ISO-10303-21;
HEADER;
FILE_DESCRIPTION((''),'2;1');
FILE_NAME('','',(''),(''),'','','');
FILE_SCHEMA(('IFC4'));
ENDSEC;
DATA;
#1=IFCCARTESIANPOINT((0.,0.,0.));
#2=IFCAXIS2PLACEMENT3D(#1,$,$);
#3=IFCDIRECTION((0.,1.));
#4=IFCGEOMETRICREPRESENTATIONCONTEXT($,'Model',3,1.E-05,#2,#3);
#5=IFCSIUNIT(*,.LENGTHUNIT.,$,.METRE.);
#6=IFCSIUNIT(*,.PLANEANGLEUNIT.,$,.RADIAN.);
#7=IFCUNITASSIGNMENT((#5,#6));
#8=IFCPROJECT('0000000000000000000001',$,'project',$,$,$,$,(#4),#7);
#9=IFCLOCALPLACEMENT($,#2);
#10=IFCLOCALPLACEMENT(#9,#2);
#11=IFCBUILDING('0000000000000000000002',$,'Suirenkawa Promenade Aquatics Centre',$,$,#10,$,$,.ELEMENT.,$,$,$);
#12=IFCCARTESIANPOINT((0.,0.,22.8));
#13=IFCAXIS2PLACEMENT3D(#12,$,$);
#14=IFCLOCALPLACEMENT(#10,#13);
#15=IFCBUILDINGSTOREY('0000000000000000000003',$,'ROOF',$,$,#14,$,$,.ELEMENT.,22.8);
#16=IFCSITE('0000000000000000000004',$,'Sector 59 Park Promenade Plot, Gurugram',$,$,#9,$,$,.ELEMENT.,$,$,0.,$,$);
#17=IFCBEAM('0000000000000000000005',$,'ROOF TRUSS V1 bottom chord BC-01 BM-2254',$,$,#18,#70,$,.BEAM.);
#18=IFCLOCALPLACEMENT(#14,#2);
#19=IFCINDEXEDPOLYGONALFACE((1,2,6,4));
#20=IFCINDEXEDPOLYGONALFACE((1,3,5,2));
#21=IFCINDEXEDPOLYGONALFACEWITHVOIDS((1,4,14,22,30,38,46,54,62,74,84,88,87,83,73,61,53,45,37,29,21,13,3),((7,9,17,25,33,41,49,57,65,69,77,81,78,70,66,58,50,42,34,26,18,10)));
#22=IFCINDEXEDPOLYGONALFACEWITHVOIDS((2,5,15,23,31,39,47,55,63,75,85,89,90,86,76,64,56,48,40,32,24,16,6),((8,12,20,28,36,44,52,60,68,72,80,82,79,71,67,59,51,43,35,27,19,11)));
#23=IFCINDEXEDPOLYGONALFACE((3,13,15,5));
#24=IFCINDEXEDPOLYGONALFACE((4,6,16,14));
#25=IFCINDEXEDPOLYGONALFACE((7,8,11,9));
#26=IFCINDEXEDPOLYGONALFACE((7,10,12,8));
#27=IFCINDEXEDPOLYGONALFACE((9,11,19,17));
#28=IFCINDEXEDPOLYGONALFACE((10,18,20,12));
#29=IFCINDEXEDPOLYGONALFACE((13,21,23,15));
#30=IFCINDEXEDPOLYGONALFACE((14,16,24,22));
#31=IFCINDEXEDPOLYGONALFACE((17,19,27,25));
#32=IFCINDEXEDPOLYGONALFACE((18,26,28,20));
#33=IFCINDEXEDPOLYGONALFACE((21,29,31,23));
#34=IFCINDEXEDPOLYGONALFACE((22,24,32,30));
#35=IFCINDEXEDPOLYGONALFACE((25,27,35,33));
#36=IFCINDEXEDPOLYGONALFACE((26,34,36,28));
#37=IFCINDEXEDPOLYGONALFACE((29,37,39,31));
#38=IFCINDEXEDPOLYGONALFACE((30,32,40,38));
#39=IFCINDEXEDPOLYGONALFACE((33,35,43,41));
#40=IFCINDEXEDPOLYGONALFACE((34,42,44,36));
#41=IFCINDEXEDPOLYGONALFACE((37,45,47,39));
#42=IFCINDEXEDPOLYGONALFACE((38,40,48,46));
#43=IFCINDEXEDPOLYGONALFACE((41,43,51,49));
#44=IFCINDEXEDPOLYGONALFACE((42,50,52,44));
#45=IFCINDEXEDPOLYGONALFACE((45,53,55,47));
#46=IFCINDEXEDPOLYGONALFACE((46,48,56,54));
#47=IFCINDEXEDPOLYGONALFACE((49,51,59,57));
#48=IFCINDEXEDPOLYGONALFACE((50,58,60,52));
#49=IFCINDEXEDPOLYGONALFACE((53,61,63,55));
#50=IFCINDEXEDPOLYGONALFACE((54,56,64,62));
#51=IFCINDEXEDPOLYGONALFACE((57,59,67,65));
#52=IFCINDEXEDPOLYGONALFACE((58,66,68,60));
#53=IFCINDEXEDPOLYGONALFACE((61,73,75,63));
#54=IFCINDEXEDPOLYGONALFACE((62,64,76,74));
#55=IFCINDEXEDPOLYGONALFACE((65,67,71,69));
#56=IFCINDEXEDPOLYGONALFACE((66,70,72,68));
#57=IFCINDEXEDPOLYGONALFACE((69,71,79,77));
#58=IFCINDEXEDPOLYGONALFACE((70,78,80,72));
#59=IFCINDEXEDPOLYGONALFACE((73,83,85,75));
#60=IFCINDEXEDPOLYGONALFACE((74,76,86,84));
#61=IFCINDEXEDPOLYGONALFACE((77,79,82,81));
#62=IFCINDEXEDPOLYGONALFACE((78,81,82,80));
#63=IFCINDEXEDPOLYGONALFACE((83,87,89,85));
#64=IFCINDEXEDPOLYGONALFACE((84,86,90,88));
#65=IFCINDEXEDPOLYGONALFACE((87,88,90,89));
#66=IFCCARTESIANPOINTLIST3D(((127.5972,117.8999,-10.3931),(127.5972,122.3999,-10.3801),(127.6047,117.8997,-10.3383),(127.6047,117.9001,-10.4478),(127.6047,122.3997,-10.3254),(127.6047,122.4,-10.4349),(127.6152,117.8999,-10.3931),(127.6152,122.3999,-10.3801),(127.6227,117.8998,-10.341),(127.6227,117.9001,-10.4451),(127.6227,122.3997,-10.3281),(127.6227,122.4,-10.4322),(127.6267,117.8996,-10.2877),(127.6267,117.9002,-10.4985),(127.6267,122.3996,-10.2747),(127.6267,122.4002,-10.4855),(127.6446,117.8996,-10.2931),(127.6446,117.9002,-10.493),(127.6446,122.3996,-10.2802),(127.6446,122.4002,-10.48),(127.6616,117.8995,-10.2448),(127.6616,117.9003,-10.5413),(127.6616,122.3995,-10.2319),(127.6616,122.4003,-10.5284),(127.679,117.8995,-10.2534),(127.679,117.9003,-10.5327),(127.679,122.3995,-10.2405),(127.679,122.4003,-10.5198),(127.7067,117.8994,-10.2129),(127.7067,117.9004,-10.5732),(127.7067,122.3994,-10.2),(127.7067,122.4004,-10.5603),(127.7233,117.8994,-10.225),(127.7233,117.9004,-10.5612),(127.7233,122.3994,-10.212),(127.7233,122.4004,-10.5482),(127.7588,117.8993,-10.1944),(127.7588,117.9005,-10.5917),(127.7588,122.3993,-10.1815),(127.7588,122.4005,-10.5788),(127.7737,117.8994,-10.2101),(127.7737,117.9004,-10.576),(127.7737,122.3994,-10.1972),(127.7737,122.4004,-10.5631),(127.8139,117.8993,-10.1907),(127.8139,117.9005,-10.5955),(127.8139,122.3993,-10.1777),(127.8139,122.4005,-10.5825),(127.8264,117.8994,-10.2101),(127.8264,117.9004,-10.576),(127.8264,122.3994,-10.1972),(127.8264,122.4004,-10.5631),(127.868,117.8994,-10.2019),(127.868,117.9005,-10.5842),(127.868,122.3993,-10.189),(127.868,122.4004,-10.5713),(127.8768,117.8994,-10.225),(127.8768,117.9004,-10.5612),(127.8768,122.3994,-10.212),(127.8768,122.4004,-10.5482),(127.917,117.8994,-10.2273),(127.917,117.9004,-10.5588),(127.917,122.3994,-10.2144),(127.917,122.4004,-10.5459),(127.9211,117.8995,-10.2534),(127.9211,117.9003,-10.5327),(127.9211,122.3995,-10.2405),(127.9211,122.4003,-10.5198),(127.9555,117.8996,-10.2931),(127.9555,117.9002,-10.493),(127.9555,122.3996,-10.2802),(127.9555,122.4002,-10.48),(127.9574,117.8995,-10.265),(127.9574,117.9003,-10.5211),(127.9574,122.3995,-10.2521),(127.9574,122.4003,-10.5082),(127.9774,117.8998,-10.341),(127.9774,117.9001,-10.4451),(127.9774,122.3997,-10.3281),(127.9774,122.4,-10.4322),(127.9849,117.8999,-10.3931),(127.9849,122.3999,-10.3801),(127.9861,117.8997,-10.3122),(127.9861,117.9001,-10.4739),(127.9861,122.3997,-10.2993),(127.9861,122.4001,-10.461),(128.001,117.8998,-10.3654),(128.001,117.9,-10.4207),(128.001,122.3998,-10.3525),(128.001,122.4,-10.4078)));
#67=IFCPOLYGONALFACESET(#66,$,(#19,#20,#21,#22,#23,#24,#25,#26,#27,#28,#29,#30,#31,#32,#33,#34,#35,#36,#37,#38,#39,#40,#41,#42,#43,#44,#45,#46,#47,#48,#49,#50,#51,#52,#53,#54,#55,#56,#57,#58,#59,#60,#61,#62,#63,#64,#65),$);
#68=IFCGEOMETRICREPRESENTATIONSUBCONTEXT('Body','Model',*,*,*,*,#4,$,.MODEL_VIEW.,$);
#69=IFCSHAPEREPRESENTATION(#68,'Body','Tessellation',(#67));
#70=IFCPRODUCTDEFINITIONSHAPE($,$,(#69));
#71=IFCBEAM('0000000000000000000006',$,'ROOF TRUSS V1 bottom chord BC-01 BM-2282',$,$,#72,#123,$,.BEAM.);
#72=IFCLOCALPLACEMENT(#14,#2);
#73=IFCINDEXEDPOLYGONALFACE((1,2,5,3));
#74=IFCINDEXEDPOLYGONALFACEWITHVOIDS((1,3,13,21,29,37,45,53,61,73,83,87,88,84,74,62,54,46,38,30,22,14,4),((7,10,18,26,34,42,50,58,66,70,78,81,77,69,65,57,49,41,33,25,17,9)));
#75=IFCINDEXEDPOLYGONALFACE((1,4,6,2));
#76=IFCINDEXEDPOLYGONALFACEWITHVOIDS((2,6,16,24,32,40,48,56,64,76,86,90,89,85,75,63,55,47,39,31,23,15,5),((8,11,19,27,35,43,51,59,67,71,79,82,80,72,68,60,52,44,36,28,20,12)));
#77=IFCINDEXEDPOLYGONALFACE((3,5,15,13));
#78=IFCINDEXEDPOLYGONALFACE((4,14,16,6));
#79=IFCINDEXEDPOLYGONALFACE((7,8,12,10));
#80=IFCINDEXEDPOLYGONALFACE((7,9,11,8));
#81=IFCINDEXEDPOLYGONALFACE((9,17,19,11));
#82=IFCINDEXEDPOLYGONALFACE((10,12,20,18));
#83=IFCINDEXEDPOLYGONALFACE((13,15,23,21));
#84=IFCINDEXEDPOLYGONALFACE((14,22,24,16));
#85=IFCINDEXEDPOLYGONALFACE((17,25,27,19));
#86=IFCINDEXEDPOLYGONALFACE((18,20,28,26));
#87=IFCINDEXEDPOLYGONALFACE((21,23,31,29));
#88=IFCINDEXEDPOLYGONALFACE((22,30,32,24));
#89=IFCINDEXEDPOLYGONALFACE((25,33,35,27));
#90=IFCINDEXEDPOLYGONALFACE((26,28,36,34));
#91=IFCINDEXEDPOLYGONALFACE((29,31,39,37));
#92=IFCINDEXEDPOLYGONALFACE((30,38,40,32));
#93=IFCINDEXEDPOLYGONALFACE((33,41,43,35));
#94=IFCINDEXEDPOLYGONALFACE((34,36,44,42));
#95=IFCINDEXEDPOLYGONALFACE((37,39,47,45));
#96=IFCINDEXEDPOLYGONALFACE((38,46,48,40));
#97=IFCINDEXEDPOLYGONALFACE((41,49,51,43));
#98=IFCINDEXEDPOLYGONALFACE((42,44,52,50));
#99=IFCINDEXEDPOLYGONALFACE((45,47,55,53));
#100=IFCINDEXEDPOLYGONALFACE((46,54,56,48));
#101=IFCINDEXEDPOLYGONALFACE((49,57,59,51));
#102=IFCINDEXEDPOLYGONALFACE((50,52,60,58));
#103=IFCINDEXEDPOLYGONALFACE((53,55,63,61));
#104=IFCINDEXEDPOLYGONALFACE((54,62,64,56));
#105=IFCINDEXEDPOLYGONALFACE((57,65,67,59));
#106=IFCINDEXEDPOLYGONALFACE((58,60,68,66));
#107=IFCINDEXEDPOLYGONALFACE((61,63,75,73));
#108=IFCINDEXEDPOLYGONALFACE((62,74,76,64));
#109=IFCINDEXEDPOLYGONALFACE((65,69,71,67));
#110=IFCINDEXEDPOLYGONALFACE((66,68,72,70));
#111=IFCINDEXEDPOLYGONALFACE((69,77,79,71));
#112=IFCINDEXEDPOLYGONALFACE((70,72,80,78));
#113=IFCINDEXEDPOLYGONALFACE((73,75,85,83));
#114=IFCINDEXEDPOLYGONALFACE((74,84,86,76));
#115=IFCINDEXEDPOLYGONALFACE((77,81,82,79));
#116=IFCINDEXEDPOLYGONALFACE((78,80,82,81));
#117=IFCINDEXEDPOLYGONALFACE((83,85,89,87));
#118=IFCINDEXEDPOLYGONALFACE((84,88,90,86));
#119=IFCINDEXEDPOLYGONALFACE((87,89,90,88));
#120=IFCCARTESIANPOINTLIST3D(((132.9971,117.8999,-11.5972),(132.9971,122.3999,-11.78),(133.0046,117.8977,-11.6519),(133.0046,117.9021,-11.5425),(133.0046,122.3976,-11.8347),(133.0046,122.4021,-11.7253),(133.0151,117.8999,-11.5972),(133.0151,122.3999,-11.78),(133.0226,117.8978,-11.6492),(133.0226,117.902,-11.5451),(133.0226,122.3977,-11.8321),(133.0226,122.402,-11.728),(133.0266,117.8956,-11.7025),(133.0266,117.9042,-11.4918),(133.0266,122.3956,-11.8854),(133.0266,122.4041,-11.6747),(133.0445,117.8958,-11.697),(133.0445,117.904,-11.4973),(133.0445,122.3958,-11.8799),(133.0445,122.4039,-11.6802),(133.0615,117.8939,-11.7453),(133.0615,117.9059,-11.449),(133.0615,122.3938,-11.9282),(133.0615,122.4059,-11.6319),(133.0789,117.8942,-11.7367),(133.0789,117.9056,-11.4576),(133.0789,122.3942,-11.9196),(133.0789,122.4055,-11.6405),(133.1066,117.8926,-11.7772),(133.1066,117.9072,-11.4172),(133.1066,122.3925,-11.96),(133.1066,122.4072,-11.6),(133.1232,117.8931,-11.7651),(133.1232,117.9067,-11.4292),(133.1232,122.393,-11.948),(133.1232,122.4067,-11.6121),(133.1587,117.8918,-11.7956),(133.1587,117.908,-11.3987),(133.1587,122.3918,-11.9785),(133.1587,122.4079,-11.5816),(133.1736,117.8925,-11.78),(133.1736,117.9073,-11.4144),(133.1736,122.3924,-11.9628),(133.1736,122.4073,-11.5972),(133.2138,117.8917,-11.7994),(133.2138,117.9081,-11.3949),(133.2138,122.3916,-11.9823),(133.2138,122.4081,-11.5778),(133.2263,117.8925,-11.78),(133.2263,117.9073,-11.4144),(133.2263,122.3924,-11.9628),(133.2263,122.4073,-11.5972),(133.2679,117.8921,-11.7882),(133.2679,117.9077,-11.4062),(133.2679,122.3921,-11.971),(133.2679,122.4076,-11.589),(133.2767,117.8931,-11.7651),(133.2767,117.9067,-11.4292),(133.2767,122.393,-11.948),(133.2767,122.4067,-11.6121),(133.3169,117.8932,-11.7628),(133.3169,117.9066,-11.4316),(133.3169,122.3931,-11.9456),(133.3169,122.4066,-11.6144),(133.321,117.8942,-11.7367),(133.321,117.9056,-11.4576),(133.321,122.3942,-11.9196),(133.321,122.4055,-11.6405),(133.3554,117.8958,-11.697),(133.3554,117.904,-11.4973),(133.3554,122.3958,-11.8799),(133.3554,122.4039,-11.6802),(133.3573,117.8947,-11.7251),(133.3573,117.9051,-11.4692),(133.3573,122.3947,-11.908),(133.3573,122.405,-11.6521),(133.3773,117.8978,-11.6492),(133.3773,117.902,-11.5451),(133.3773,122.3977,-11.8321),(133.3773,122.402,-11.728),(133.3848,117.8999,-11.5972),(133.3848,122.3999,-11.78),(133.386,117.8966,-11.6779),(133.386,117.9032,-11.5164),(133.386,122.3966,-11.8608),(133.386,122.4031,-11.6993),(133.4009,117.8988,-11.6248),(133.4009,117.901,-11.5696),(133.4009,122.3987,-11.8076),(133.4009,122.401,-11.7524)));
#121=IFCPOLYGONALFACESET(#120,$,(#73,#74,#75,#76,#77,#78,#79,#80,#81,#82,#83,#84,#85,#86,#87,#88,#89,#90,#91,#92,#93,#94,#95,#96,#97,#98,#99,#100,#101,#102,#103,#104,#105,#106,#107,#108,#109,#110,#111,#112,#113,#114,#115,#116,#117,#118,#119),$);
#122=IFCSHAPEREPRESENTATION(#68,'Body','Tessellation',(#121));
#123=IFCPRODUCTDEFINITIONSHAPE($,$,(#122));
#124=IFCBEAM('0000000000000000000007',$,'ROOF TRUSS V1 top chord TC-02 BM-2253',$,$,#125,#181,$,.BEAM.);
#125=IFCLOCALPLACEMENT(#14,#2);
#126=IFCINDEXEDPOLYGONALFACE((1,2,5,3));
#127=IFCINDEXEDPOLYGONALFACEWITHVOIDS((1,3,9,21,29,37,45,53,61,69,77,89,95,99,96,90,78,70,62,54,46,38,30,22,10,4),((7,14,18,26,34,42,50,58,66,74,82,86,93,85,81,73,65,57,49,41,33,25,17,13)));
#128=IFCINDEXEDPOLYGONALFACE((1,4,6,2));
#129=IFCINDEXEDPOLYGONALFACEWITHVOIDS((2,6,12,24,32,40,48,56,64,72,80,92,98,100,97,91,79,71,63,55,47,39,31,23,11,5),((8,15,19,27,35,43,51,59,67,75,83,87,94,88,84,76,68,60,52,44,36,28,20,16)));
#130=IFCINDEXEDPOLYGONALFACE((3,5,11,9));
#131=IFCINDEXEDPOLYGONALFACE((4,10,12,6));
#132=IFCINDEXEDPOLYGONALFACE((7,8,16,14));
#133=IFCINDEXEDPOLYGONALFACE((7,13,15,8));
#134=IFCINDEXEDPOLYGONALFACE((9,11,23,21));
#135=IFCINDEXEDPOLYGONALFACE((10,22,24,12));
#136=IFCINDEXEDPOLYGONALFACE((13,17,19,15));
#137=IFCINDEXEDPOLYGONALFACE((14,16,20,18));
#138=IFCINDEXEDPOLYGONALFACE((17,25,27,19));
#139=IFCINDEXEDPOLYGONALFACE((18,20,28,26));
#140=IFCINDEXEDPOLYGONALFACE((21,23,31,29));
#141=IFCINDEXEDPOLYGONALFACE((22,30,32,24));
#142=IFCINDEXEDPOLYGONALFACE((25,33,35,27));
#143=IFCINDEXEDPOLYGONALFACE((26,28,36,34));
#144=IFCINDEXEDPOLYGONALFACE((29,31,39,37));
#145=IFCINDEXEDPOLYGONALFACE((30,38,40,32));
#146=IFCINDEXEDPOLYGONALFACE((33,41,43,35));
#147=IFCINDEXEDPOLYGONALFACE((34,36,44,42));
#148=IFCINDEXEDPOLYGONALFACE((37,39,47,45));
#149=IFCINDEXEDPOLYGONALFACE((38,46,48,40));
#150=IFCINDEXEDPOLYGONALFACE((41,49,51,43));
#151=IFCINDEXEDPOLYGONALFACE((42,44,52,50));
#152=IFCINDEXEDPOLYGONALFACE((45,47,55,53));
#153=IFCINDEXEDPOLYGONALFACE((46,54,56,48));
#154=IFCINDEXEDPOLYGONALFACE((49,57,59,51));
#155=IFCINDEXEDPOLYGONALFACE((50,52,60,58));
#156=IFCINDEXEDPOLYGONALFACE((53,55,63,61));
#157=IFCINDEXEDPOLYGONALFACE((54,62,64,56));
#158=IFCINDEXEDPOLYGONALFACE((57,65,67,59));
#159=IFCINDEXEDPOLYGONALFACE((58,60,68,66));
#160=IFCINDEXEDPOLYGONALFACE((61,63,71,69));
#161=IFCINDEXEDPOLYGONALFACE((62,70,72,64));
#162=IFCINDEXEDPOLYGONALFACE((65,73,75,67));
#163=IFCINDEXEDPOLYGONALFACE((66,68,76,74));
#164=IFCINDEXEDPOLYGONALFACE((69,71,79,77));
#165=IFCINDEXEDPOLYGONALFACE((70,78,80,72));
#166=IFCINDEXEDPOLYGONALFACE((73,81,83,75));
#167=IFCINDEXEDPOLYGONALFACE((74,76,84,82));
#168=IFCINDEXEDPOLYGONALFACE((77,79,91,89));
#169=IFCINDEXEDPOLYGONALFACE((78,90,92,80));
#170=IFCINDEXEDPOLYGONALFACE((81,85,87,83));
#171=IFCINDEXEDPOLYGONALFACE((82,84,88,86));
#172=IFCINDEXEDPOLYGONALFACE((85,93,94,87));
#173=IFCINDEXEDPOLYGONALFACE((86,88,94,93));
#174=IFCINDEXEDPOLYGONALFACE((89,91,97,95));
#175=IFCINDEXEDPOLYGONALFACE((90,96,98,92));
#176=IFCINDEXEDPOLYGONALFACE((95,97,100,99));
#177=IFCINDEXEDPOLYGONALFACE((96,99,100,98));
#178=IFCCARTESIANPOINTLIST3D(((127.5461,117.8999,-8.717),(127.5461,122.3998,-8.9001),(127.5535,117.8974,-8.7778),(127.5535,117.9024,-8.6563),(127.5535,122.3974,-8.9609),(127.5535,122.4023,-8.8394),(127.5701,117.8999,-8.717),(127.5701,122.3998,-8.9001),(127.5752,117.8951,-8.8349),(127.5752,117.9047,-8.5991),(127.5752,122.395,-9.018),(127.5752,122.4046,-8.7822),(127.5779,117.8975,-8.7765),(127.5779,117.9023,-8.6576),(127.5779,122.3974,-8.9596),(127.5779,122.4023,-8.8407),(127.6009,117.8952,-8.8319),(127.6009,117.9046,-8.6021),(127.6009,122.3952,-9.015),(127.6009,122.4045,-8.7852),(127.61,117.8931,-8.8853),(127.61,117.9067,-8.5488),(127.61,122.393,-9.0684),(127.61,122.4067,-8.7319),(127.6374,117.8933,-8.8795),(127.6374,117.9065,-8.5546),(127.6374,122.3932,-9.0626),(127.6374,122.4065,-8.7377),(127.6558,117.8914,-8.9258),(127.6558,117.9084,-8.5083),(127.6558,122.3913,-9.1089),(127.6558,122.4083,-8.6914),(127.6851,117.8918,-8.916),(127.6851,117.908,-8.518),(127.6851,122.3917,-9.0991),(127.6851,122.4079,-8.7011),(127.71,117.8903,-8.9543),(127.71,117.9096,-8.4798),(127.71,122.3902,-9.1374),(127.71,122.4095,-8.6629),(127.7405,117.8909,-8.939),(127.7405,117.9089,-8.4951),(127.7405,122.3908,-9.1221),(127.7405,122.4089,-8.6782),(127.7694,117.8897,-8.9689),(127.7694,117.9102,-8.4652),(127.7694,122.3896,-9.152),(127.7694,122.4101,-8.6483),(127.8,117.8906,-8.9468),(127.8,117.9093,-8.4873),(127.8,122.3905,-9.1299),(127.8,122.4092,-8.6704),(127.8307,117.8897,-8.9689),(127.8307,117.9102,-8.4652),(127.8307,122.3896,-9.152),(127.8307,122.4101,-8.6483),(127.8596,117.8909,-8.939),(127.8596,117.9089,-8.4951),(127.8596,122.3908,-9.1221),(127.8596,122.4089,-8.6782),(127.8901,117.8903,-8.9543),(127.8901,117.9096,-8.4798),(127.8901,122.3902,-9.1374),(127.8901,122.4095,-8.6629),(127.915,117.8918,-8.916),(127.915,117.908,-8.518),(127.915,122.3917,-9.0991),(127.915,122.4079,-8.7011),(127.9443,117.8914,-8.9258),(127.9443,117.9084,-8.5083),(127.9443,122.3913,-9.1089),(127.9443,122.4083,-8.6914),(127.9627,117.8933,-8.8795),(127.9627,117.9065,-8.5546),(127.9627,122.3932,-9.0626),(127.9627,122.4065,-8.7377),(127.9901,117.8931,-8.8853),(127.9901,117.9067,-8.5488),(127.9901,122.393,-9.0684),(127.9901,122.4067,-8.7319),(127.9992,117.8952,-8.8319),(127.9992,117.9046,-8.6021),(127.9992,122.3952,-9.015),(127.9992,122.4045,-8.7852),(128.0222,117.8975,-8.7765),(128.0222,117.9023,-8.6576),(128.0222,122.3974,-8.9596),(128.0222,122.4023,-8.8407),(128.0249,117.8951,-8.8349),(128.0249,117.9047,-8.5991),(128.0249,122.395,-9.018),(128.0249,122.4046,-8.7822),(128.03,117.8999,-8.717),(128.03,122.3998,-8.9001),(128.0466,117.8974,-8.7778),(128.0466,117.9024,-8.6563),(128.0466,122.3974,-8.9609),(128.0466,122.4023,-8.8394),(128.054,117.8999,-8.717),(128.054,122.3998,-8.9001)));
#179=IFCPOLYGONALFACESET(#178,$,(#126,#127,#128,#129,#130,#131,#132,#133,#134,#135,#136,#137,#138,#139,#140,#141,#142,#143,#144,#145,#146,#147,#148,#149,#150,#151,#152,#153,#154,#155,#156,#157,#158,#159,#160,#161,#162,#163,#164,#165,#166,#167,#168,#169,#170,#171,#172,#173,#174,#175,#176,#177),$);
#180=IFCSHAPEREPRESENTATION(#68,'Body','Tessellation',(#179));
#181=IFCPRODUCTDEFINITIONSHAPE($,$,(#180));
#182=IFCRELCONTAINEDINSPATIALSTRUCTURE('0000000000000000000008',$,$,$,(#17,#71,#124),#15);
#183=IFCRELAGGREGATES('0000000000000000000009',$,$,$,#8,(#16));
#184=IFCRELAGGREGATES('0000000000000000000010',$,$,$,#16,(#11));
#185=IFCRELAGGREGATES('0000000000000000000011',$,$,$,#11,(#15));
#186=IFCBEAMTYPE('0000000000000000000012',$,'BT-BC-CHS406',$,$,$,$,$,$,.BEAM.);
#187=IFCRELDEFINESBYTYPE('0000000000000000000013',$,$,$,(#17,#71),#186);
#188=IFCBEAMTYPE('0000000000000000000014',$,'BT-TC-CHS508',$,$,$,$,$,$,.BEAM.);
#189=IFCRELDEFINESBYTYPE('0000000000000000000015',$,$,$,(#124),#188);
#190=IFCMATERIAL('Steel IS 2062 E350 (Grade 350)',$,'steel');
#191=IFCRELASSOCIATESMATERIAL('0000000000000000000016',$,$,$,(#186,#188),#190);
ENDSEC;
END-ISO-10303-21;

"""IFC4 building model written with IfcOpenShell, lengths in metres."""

from ifc_helpers import new_model, si_unit, direction, frame, origin, origin_2d, place, context, subcontext, project, spatial, hollow_circle, extrude, material, material_profile, profile_set, type_object, element, save


model = new_model("IFC4")

# Units and contexts
model_context = context("Model", 3, precision=1e-05, world=origin(), true_north=direction((0.0, 1.0)))
body_context = subcontext(model_context, "Body", "Model", "MODEL_VIEW")
ifc_project = project(units=[si_unit("LENGTHUNIT", "METRE"), si_unit("PLANEANGLEUNIT", "RADIAN")], contexts=[model_context])

# Site, building, storey
site_placement = place(None, origin())
site = spatial("IfcSite", under=ifc_project, at=site_placement, Name="Sector 59 Park Promenade Plot, Gurugram", CompositionType="ELEMENT", RefElevation=0.0)
building_placement = place(site_placement, origin())
building = spatial("IfcBuilding", under=site, at=building_placement, Name="Suirenkawa Promenade Aquatics Centre", CompositionType="ELEMENT")
storey_placement = place(building_placement, frame((0.0, 0.0, 22.8)))
storey = spatial("IfcBuildingStorey", under=building, at=storey_placement, Name="ROOF", CompositionType="ELEMENT", Elevation=22.8)

# Beams
ifc_material = material(Name="Steel IS 2062 E350 (Grade 350)", Category="steel")
ifc_material_profile_1 = material_profile(ifc_material, hollow_circle(Radius=0.2029, WallThickness=0.0181, at=origin_2d()), Name="CHS 406x18", Category="steel")
ifc_profile_set_1 = profile_set([ifc_material_profile_1], Name="Steel IS 2062 E350 (Grade 350)")
beam_type_1 = type_object("IfcBeamType", Name="BT-BC-CHS406", PredefinedType="BEAM", material=ifc_profile_set_1)
beam_1_placement = place(storey_placement, frame((127.8, 117.8999, -10.3931), z_axis=(0.0, 0.999996, 0.002875), x_axis=(-1.0, 0.0, 0.0)))
element("IfcBeam", 1, at=beam_1_placement, inside=storey, type_object=beam_type_1, Name="ROOF TRUSS V1 bottom chord BC-01 BM-2254", PredefinedType="BEAM", context=body_context, shape_type="SweptSolid", body=[
    extrude(hollow_circle(Radius=0.2029, WallThickness=0.0181, at=origin_2d()), origin(), (0.0, 0.0, 1.0), 4.5),
])
beam_2_placement = place(storey_placement, frame((133.2, 117.8999, -11.5972), z_axis=(0.0, 0.999175, -0.040602), x_axis=(-1.0, 0.0, 0.0)))
element("IfcBeam", 2, at=beam_2_placement, inside=storey, type_object=beam_type_1, Name="ROOF TRUSS V1 bottom chord BC-01 BM-2282", PredefinedType="BEAM", context=body_context, shape_type="SweptSolid", body=[
    extrude(hollow_circle(Radius=0.2029, WallThickness=0.0181, at=origin_2d()), origin(), (0.0, 0.0, 1.0), 4.5037),
])
ifc_material_profile_2 = material_profile(ifc_material, hollow_circle(Radius=0.2539, WallThickness=0.0239, at=origin_2d()), Name="CHS 508x24", Category="steel")
ifc_profile_set_2 = profile_set([ifc_material_profile_2], Name="Steel IS 2062 E350 (Grade 350)")
beam_type_2 = type_object("IfcBeamType", Name="BT-TC-CHS508", PredefinedType="BEAM", material=ifc_profile_set_2)
for number, where, z_axis, x_axis, name in (
    (3, (127.8, 117.8999, -8.717), (0.0, 0.999173, -0.040656), (-1.0, 0.0, 0.0), "ROOF TRUSS V1 top chord TC-02 BM-2253"),
):
    element("IfcBeam", number, at=place(storey_placement, frame(where, z_axis=z_axis, x_axis=x_axis)), inside=storey, type_object=beam_type_2, Name=name, PredefinedType="BEAM", context=body_context, shape_type="SweptSolid", body=[
        extrude(hollow_circle(Radius=0.2539, WallThickness=0.0239, at=origin_2d()), origin(), (0.0, 0.0, 1.0), 4.5037),
    ])

save(model, "model.ifc")
